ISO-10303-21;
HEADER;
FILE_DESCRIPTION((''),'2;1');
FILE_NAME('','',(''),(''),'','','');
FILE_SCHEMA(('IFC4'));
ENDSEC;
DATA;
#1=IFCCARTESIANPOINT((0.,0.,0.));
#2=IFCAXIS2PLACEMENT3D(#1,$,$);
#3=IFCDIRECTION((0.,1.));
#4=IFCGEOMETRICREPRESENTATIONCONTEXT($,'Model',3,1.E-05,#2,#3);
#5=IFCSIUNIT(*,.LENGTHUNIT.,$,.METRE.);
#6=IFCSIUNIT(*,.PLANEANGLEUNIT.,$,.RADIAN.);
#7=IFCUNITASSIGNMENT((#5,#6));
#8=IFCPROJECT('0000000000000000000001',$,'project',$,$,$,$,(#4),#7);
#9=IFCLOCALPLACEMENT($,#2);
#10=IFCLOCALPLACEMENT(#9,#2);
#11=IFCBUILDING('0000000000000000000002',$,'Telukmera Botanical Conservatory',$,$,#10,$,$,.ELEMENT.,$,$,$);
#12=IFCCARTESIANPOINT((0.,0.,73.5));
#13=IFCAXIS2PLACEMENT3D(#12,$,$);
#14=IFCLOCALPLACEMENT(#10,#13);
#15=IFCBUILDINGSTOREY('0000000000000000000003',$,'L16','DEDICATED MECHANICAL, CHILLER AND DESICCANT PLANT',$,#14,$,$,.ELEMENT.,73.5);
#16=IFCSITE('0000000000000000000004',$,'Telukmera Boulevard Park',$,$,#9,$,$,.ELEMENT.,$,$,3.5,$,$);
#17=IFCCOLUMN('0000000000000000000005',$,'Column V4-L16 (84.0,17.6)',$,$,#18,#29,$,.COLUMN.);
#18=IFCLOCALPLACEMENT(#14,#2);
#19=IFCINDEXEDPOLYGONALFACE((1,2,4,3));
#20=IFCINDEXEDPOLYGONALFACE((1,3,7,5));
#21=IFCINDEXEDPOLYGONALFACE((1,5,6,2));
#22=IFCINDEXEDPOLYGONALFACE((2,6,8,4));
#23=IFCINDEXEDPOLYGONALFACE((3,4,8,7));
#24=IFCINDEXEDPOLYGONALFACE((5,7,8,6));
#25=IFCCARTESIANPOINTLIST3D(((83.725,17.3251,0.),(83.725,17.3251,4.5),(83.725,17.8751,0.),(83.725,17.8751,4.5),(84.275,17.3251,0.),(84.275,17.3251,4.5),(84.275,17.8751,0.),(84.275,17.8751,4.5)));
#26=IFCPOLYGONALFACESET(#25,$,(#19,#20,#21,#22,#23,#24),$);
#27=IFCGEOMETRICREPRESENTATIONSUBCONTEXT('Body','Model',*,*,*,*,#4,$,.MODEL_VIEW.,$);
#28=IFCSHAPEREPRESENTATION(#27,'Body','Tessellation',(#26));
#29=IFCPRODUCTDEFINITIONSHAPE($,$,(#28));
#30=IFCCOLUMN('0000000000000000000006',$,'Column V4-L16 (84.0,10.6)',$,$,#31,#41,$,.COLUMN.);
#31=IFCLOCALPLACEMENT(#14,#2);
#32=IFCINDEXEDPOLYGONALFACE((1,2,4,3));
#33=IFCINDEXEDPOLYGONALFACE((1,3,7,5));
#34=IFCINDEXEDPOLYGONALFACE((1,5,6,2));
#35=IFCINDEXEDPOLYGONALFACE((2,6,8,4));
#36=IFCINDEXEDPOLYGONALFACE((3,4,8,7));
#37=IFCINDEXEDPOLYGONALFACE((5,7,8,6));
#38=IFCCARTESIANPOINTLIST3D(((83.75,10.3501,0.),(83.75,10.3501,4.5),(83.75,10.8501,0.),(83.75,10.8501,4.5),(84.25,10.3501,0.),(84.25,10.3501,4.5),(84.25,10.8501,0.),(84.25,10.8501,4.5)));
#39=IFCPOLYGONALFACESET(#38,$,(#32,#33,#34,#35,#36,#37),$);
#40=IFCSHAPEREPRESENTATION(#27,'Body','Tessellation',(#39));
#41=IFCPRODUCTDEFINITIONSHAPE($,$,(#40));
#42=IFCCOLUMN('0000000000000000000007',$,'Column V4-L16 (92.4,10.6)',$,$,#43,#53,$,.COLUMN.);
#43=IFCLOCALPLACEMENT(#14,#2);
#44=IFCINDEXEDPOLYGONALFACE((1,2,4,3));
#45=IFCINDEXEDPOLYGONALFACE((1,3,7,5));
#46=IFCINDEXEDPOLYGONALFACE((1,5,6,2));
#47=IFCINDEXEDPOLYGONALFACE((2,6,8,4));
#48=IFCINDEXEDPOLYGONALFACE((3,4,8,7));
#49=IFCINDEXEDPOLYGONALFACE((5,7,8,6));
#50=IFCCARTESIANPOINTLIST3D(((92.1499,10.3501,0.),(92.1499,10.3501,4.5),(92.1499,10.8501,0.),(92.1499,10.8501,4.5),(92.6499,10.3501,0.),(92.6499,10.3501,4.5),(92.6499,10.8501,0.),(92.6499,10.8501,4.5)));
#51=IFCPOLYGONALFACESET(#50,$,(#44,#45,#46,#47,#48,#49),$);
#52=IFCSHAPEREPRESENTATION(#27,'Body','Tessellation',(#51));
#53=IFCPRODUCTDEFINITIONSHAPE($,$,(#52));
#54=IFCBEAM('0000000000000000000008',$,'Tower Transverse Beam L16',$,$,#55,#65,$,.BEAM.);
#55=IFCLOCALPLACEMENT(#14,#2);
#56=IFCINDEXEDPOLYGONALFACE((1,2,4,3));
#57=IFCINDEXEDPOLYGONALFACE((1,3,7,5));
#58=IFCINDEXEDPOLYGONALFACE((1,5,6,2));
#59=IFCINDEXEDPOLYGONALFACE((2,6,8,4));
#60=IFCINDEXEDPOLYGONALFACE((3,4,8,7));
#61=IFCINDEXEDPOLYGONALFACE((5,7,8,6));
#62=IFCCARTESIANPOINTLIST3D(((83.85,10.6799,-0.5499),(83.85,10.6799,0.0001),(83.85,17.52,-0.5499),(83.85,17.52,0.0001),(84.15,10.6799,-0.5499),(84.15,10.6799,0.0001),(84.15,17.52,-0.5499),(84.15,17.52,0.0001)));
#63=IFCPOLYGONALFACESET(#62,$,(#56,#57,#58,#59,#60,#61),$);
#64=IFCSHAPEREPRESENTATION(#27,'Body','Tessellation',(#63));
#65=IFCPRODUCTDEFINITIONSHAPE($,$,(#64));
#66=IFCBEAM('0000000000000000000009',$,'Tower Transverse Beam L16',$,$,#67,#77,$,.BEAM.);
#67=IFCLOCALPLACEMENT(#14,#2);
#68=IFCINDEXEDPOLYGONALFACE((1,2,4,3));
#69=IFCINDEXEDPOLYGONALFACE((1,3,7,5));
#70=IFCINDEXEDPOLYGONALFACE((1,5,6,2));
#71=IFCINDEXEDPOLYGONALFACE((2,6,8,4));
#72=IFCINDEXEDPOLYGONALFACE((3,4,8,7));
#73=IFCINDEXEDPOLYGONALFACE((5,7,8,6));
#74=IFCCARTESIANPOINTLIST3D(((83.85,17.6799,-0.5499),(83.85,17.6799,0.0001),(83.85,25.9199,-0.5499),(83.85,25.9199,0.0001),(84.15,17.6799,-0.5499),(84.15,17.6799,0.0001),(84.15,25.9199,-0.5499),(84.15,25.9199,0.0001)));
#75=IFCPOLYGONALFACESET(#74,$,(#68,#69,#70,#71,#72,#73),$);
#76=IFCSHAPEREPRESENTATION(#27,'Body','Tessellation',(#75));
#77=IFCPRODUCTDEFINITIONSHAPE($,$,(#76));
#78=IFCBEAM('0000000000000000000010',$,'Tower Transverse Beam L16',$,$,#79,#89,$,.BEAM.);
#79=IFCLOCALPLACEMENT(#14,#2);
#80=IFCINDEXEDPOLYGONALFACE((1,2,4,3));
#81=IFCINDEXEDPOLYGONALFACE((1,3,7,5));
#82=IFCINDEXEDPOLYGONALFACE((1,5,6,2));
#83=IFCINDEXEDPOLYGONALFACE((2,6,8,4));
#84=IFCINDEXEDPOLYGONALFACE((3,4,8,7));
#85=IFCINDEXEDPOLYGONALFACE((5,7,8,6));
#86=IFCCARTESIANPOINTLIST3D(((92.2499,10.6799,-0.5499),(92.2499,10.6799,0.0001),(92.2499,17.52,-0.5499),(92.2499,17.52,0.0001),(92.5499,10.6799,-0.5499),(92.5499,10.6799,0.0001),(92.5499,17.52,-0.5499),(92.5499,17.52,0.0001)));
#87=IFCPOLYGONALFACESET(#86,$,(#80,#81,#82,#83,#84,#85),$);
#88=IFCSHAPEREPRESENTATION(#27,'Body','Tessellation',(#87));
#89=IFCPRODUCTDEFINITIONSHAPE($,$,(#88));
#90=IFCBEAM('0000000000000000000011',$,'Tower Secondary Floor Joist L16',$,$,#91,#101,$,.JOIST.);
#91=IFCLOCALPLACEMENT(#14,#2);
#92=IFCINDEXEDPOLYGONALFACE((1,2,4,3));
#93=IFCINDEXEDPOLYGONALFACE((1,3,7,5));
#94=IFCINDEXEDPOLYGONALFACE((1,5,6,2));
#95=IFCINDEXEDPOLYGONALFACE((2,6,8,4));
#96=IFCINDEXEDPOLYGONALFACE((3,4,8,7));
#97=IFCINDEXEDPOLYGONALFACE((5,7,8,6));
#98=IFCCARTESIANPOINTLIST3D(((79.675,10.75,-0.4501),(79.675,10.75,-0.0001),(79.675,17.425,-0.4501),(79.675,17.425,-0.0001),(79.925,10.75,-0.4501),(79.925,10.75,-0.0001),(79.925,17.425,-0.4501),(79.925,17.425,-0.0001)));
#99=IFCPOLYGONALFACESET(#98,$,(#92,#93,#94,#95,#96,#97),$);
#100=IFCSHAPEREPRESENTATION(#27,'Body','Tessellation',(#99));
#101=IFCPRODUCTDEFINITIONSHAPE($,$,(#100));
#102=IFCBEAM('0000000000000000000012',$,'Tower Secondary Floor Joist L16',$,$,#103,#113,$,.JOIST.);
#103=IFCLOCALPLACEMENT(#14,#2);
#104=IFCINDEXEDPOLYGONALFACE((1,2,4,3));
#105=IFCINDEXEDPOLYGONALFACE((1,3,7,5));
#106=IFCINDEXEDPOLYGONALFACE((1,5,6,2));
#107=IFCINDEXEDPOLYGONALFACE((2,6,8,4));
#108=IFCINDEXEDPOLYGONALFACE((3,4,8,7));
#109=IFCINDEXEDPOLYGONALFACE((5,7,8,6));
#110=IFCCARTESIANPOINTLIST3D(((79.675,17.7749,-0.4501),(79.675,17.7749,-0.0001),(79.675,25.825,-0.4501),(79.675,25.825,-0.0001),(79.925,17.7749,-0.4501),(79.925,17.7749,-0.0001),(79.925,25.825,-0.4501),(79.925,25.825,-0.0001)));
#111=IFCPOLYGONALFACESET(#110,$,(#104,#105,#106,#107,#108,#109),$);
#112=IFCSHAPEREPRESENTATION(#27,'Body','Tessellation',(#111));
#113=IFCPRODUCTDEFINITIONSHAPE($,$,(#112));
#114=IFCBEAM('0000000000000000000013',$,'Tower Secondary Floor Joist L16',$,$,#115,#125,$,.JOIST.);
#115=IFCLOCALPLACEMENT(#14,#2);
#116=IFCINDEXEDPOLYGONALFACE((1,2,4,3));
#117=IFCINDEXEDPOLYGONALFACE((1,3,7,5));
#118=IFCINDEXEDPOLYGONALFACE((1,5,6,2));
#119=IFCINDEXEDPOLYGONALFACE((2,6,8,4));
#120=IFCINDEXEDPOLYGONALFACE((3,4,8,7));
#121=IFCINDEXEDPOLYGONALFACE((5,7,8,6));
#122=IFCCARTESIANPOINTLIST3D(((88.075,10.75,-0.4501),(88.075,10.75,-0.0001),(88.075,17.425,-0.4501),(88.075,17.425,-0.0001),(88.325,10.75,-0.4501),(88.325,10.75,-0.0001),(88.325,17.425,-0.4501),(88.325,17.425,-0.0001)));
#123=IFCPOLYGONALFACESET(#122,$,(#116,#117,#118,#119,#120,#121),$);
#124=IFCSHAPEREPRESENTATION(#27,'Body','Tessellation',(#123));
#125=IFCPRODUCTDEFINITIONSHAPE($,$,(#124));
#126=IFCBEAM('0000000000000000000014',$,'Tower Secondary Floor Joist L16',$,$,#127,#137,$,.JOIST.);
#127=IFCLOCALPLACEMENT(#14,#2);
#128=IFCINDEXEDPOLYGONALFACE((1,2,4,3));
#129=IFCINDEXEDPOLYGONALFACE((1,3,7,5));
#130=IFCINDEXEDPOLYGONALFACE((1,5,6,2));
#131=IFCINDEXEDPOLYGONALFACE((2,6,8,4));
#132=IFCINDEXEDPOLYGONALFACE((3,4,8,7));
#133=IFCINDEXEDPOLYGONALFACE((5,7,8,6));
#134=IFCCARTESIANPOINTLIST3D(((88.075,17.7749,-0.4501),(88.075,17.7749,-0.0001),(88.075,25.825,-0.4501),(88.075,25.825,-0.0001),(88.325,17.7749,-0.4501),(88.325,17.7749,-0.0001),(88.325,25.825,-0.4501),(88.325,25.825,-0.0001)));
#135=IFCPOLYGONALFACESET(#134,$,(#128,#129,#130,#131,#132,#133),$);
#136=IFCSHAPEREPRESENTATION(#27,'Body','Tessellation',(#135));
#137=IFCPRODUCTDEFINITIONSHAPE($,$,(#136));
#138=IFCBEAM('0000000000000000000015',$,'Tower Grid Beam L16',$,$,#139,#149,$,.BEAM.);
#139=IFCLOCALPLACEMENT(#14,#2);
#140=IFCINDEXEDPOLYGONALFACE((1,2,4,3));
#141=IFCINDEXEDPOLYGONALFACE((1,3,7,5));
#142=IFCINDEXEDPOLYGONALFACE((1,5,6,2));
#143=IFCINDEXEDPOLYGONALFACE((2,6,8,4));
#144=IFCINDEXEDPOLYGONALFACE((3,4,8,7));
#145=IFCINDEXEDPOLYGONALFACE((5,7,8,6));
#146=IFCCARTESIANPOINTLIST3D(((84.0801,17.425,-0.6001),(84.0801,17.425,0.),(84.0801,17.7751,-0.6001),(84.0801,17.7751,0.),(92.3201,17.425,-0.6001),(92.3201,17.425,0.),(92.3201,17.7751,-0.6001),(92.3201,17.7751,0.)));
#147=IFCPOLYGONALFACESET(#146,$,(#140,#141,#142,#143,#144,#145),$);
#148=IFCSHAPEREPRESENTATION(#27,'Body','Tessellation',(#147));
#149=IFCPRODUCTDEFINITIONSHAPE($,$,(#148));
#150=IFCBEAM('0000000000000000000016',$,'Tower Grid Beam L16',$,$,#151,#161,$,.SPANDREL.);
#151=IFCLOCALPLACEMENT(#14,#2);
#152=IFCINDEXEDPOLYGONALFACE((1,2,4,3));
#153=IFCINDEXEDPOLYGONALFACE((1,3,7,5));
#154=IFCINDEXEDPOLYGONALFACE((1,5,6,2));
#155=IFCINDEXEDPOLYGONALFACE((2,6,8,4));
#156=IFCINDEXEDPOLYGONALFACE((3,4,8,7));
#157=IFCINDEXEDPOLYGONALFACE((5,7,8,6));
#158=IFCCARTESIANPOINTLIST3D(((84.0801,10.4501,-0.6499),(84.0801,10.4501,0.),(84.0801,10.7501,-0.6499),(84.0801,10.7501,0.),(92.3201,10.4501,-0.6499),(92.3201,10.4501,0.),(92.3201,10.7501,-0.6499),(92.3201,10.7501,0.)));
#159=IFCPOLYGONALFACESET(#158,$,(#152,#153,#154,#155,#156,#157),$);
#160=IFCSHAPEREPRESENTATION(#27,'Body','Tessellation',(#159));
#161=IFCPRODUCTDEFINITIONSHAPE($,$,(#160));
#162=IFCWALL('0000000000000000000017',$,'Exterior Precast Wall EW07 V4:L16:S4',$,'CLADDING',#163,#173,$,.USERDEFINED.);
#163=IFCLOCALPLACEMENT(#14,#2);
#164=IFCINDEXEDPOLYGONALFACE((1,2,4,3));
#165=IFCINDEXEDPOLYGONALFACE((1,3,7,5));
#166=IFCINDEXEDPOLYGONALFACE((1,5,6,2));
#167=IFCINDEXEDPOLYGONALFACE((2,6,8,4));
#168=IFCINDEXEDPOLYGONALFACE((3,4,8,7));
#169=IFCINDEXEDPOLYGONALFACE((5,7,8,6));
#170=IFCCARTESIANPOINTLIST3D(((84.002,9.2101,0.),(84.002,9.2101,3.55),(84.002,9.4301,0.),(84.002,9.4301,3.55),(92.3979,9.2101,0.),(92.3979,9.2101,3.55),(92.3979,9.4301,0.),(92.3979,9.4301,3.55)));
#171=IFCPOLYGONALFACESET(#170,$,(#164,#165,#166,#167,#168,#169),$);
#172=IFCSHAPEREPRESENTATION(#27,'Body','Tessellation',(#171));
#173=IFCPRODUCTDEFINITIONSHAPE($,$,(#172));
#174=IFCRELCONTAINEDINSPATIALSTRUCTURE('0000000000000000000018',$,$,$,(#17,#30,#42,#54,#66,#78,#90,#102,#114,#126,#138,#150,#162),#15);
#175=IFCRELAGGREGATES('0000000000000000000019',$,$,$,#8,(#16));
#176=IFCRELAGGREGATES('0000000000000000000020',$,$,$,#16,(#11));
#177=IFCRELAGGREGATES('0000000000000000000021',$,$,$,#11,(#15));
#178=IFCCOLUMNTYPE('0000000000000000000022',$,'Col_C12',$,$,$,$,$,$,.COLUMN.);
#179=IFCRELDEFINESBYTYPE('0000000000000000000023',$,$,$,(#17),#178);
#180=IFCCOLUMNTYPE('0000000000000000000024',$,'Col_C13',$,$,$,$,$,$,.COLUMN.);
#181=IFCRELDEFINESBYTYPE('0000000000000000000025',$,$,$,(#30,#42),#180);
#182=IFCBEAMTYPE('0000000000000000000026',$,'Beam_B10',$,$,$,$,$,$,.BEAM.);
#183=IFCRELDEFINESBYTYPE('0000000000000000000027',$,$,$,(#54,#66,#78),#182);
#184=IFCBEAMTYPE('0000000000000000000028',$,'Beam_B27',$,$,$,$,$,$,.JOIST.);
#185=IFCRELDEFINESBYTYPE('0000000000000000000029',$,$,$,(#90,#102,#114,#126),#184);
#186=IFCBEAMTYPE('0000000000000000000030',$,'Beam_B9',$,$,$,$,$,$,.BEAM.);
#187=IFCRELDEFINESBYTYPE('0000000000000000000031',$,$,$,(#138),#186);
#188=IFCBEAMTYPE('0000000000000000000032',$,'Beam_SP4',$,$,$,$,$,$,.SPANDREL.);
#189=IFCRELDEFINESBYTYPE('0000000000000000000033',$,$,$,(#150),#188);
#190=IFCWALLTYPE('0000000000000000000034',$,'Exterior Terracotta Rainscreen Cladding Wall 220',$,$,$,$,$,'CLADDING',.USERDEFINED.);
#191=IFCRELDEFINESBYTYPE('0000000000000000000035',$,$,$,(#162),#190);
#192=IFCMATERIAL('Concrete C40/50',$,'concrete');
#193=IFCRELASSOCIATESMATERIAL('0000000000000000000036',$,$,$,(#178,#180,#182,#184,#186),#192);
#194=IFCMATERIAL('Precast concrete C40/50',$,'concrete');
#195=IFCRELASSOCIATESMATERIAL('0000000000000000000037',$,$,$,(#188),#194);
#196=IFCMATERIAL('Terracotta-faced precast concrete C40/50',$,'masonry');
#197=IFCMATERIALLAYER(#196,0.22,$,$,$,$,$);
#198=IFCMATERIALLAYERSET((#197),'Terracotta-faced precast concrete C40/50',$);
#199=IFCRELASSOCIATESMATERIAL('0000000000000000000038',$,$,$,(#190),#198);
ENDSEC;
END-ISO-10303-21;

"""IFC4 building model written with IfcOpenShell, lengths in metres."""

from ifc_helpers import new_model, si_unit, direction, frame, frame_2d, origin, origin_2d, place, context, subcontext, project, spatial, rectangle, extrude, material, layer, layer_set, material_profile, profile_set, type_object, element, save


model = new_model("IFC4")

# Units and contexts
model_context = context("Model", 3, precision=1e-05, world=origin(), true_north=direction((0.0, 1.0)))
body_context = subcontext(model_context, "Body", "Model", "MODEL_VIEW")
ifc_project = project(units=[si_unit("LENGTHUNIT", "METRE"), si_unit("PLANEANGLEUNIT", "RADIAN")], contexts=[model_context])

# Site, building, storey
site_placement = place(None, origin())
site = spatial("IfcSite", under=ifc_project, at=site_placement, Name="Telukmera Boulevard Park", CompositionType="ELEMENT", RefElevation=3.5)
building_placement = place(site_placement, origin())
building = spatial("IfcBuilding", under=site, at=building_placement, Name="Telukmera Botanical Conservatory", CompositionType="ELEMENT")
storey_placement = place(building_placement, frame((0.0, 0.0, 73.5)))
storey = spatial("IfcBuildingStorey", under=building, at=storey_placement, Name="L16", Description="DEDICATED MECHANICAL, CHILLER AND DESICCANT PLANT", CompositionType="ELEMENT", Elevation=73.5)

# Columns
ifc_material_1 = material(Name="Concrete C40/50", Category="concrete")
ifc_material_profile_1 = material_profile(ifc_material_1, rectangle(XDim=0.55, YDim=0.55, at=origin_2d()), Name="RC 550x550")
ifc_profile_set_1 = profile_set([ifc_material_profile_1], Name="Concrete C40/50")
column_type_1 = type_object("IfcColumnType", Name="Col_C12", PredefinedType="COLUMN", material=ifc_profile_set_1)
column_placement = place(storey_placement, frame((84.0, 17.6001, 0.0), z_axis=(0.0, 0.0, 1.0), x_axis=(1.0, 0.0, 0.0)))
element("IfcColumn", 1, at=column_placement, inside=storey, type_object=column_type_1, Name="Column V4-L16 (84.0,17.6)", PredefinedType="COLUMN", context=body_context, shape_type="SweptSolid", body=[
    extrude(rectangle(XDim=0.55, YDim=0.55, at=origin_2d()), origin(), (0.0, 0.0, 1.0), 4.5),
])
ifc_material_profile_2 = material_profile(ifc_material_1, rectangle(XDim=0.5, YDim=0.5, at=origin_2d()), Name="RC 500x500")
ifc_profile_set_2 = profile_set([ifc_material_profile_2], Name="Concrete C40/50")
column_type_2 = type_object("IfcColumnType", Name="Col_C13", PredefinedType="COLUMN", material=ifc_profile_set_2)
for number, where, z_axis, x_axis, name in (
    (2, (84.0, 10.6001, 0.0), (0.0, 0.0, 1.0), (1.0, 0.0, 0.0), "Column V4-L16 (84.0,10.6)"),
    (3, (92.3999, 10.6001, 0.0), (0.0, 0.0, 1.0), (1.0, 0.0, 0.0), "Column V4-L16 (92.4,10.6)"),
):
    element("IfcColumn", number, at=place(storey_placement, frame(where, z_axis=z_axis, x_axis=x_axis)), inside=storey, type_object=column_type_2, Name=name, PredefinedType="COLUMN", context=body_context, shape_type="SweptSolid", body=[
        extrude(rectangle(XDim=0.5, YDim=0.5, at=origin_2d()), origin(), (0.0, 0.0, 1.0), 4.5),
    ])

# Beams
ifc_material_profile_3 = material_profile(ifc_material_1, rectangle(XDim=0.3, YDim=0.55, at=origin_2d()), Name="RC 300x550")
ifc_profile_set_3 = profile_set([ifc_material_profile_3], Name="Concrete C40/50")
beam_type_1 = type_object("IfcBeamType", Name="Beam_B10", PredefinedType="BEAM", material=ifc_profile_set_3)
beam_1_placement = place(storey_placement, frame((84.0, 10.6799, -0.2749), z_axis=(0.0, 1.0, 0.0), x_axis=(-1.0, 0.0, 0.0)))
element("IfcBeam", 4, at=beam_1_placement, inside=storey, type_object=beam_type_1, Name="Tower Transverse Beam L16", PredefinedType="BEAM", context=body_context, shape_type="SweptSolid", body=[
    extrude(rectangle(XDim=0.3, YDim=0.55, at=origin_2d()), origin(), (0.0, 0.0, 1.0), 6.8401),
])
beam_2_placement = place(storey_placement, frame((84.0, 17.6799, -0.2749), z_axis=(0.0, 1.0, 0.0), x_axis=(-1.0, 0.0, 0.0)))
element("IfcBeam", 5, at=beam_2_placement, inside=storey, type_object=beam_type_1, Name="Tower Transverse Beam L16", PredefinedType="BEAM", context=body_context, shape_type="SweptSolid", body=[
    extrude(rectangle(XDim=0.3, YDim=0.55, at=origin_2d()), origin(), (0.0, 0.0, 1.0), 8.24),
])
beam_3_placement = place(storey_placement, frame((92.3999, 10.6799, -0.2749), z_axis=(0.0, 1.0, 0.0), x_axis=(-1.0, 0.0, 0.0)))
element("IfcBeam", 6, at=beam_3_placement, inside=storey, type_object=beam_type_1, Name="Tower Transverse Beam L16", PredefinedType="BEAM", context=body_context, shape_type="SweptSolid", body=[
    extrude(rectangle(XDim=0.3, YDim=0.55, at=origin_2d()), origin(), (0.0, 0.0, 1.0), 6.8401),
])
ifc_material_profile_4 = material_profile(ifc_material_1, rectangle(XDim=0.25, YDim=0.45, at=origin_2d()), Name="RC 250x450")
ifc_profile_set_4 = profile_set([ifc_material_profile_4], Name="Concrete C40/50")
beam_type_2 = type_object("IfcBeamType", Name="Beam_B27", PredefinedType="JOIST", material=ifc_profile_set_4)
beam_4_placement = place(storey_placement, frame((79.8, 10.75, -0.2251), z_axis=(0.0, 1.0, 0.0), x_axis=(-1.0, 0.0, 0.0)))
element("IfcBeam", 7, at=beam_4_placement, inside=storey, type_object=beam_type_2, Name="Tower Secondary Floor Joist L16", PredefinedType="JOIST", context=body_context, shape_type="SweptSolid", body=[
    extrude(rectangle(XDim=0.25, YDim=0.45, at=origin_2d()), origin(), (0.0, 0.0, 1.0), 6.675),
])
beam_5_placement = place(storey_placement, frame((79.8, 17.7749, -0.2251), z_axis=(0.0, 1.0, 0.0), x_axis=(-1.0, 0.0, 0.0)))
element("IfcBeam", 8, at=beam_5_placement, inside=storey, type_object=beam_type_2, Name="Tower Secondary Floor Joist L16", PredefinedType="JOIST", context=body_context, shape_type="SweptSolid", body=[
    extrude(rectangle(XDim=0.25, YDim=0.45, at=origin_2d()), origin(), (0.0, 0.0, 1.0), 8.05),
])
beam_6_placement = place(storey_placement, frame((88.2, 10.75, -0.2251), z_axis=(0.0, 1.0, 0.0), x_axis=(-1.0, 0.0, 0.0)))
element("IfcBeam", 9, at=beam_6_placement, inside=storey, type_object=beam_type_2, Name="Tower Secondary Floor Joist L16", PredefinedType="JOIST", context=body_context, shape_type="SweptSolid", body=[
    extrude(rectangle(XDim=0.25, YDim=0.45, at=origin_2d()), origin(), (0.0, 0.0, 1.0), 6.675),
])
beam_7_placement = place(storey_placement, frame((88.2, 17.7749, -0.2251), z_axis=(0.0, 1.0, 0.0), x_axis=(-1.0, 0.0, 0.0)))
element("IfcBeam", 10, at=beam_7_placement, inside=storey, type_object=beam_type_2, Name="Tower Secondary Floor Joist L16", PredefinedType="JOIST", context=body_context, shape_type="SweptSolid", body=[
    extrude(rectangle(XDim=0.25, YDim=0.45, at=origin_2d()), origin(), (0.0, 0.0, 1.0), 8.05),
])
ifc_material_profile_5 = material_profile(ifc_material_1, rectangle(XDim=0.3501, YDim=0.6001, at=origin_2d()), Name="RC 350x600")
ifc_profile_set_5 = profile_set([ifc_material_profile_5], Name="Concrete C40/50")
beam_type_3 = type_object("IfcBeamType", Name="Beam_B9", PredefinedType="BEAM", material=ifc_profile_set_5)
beam_8_placement = place(storey_placement, frame((84.0801, 17.6001, -0.3), z_axis=(1.0, 0.0, 0.0), x_axis=(0.0, 1.0, 0.0)))
element("IfcBeam", 11, at=beam_8_placement, inside=storey, type_object=beam_type_3, Name="Tower Grid Beam L16", PredefinedType="BEAM", context=body_context, shape_type="SweptSolid", body=[
    extrude(rectangle(XDim=0.3501, YDim=0.6001, at=origin_2d()), origin(), (0.0, 0.0, 1.0), 8.24),
])
ifc_material_2 = material(Name="Precast concrete C40/50", Category="concrete")
ifc_material_profile_6 = material_profile(ifc_material_2, rectangle(XDim=0.3, YDim=0.6499, at=origin_2d()), Name="PC 300x650")
ifc_profile_set_6 = profile_set([ifc_material_profile_6], Name="Precast concrete C40/50")
beam_type_4 = type_object("IfcBeamType", Name="Beam_SP4", PredefinedType="SPANDREL", material=ifc_profile_set_6)
beam_9_placement = place(storey_placement, frame((84.0801, 10.6001, -0.325), z_axis=(1.0, 0.0, 0.0), x_axis=(0.0, 1.0, 0.0)))
element("IfcBeam", 12, at=beam_9_placement, inside=storey, type_object=beam_type_4, Name="Tower Grid Beam L16", PredefinedType="SPANDREL", context=body_context, shape_type="SweptSolid", body=[
    extrude(rectangle(XDim=0.3, YDim=0.6499, at=origin_2d()), origin(), (0.0, 0.0, 1.0), 8.24),
])

# Wall
ifc_material_3 = material(Name="Terracotta-faced precast concrete C40/50", Category="masonry")
ifc_layer_1 = layer(ifc_material_3, 0.22)
ifc_layer_set_1 = layer_set([ifc_layer_1], Name="Terracotta-faced precast concrete C40/50")
wall_type_1 = type_object("IfcWallType", Name="Exterior Terracotta Rainscreen Cladding Wall 220", ElementType="CLADDING", PredefinedType="USERDEFINED", material=ifc_layer_set_1)
wall_1_placement = place(storey_placement, frame((84.002, 9.3201, 0.0), z_axis=(0.0, 0.0, 1.0), x_axis=(1.0, 0.0, 0.0)))
element("IfcWall", 13, at=wall_1_placement, inside=storey, type_object=wall_type_1, Name="Exterior Precast Wall EW07 V4:L16:S4", ObjectType="CLADDING", PredefinedType="USERDEFINED", context=body_context, shape_type="SweptSolid", body=[
    extrude(rectangle(XDim=8.396, YDim=0.22, at=frame_2d((4.198, 0.0))), origin(), (0.0, 0.0, 1.0), 3.55),
])

save(model, "model.ifc")
